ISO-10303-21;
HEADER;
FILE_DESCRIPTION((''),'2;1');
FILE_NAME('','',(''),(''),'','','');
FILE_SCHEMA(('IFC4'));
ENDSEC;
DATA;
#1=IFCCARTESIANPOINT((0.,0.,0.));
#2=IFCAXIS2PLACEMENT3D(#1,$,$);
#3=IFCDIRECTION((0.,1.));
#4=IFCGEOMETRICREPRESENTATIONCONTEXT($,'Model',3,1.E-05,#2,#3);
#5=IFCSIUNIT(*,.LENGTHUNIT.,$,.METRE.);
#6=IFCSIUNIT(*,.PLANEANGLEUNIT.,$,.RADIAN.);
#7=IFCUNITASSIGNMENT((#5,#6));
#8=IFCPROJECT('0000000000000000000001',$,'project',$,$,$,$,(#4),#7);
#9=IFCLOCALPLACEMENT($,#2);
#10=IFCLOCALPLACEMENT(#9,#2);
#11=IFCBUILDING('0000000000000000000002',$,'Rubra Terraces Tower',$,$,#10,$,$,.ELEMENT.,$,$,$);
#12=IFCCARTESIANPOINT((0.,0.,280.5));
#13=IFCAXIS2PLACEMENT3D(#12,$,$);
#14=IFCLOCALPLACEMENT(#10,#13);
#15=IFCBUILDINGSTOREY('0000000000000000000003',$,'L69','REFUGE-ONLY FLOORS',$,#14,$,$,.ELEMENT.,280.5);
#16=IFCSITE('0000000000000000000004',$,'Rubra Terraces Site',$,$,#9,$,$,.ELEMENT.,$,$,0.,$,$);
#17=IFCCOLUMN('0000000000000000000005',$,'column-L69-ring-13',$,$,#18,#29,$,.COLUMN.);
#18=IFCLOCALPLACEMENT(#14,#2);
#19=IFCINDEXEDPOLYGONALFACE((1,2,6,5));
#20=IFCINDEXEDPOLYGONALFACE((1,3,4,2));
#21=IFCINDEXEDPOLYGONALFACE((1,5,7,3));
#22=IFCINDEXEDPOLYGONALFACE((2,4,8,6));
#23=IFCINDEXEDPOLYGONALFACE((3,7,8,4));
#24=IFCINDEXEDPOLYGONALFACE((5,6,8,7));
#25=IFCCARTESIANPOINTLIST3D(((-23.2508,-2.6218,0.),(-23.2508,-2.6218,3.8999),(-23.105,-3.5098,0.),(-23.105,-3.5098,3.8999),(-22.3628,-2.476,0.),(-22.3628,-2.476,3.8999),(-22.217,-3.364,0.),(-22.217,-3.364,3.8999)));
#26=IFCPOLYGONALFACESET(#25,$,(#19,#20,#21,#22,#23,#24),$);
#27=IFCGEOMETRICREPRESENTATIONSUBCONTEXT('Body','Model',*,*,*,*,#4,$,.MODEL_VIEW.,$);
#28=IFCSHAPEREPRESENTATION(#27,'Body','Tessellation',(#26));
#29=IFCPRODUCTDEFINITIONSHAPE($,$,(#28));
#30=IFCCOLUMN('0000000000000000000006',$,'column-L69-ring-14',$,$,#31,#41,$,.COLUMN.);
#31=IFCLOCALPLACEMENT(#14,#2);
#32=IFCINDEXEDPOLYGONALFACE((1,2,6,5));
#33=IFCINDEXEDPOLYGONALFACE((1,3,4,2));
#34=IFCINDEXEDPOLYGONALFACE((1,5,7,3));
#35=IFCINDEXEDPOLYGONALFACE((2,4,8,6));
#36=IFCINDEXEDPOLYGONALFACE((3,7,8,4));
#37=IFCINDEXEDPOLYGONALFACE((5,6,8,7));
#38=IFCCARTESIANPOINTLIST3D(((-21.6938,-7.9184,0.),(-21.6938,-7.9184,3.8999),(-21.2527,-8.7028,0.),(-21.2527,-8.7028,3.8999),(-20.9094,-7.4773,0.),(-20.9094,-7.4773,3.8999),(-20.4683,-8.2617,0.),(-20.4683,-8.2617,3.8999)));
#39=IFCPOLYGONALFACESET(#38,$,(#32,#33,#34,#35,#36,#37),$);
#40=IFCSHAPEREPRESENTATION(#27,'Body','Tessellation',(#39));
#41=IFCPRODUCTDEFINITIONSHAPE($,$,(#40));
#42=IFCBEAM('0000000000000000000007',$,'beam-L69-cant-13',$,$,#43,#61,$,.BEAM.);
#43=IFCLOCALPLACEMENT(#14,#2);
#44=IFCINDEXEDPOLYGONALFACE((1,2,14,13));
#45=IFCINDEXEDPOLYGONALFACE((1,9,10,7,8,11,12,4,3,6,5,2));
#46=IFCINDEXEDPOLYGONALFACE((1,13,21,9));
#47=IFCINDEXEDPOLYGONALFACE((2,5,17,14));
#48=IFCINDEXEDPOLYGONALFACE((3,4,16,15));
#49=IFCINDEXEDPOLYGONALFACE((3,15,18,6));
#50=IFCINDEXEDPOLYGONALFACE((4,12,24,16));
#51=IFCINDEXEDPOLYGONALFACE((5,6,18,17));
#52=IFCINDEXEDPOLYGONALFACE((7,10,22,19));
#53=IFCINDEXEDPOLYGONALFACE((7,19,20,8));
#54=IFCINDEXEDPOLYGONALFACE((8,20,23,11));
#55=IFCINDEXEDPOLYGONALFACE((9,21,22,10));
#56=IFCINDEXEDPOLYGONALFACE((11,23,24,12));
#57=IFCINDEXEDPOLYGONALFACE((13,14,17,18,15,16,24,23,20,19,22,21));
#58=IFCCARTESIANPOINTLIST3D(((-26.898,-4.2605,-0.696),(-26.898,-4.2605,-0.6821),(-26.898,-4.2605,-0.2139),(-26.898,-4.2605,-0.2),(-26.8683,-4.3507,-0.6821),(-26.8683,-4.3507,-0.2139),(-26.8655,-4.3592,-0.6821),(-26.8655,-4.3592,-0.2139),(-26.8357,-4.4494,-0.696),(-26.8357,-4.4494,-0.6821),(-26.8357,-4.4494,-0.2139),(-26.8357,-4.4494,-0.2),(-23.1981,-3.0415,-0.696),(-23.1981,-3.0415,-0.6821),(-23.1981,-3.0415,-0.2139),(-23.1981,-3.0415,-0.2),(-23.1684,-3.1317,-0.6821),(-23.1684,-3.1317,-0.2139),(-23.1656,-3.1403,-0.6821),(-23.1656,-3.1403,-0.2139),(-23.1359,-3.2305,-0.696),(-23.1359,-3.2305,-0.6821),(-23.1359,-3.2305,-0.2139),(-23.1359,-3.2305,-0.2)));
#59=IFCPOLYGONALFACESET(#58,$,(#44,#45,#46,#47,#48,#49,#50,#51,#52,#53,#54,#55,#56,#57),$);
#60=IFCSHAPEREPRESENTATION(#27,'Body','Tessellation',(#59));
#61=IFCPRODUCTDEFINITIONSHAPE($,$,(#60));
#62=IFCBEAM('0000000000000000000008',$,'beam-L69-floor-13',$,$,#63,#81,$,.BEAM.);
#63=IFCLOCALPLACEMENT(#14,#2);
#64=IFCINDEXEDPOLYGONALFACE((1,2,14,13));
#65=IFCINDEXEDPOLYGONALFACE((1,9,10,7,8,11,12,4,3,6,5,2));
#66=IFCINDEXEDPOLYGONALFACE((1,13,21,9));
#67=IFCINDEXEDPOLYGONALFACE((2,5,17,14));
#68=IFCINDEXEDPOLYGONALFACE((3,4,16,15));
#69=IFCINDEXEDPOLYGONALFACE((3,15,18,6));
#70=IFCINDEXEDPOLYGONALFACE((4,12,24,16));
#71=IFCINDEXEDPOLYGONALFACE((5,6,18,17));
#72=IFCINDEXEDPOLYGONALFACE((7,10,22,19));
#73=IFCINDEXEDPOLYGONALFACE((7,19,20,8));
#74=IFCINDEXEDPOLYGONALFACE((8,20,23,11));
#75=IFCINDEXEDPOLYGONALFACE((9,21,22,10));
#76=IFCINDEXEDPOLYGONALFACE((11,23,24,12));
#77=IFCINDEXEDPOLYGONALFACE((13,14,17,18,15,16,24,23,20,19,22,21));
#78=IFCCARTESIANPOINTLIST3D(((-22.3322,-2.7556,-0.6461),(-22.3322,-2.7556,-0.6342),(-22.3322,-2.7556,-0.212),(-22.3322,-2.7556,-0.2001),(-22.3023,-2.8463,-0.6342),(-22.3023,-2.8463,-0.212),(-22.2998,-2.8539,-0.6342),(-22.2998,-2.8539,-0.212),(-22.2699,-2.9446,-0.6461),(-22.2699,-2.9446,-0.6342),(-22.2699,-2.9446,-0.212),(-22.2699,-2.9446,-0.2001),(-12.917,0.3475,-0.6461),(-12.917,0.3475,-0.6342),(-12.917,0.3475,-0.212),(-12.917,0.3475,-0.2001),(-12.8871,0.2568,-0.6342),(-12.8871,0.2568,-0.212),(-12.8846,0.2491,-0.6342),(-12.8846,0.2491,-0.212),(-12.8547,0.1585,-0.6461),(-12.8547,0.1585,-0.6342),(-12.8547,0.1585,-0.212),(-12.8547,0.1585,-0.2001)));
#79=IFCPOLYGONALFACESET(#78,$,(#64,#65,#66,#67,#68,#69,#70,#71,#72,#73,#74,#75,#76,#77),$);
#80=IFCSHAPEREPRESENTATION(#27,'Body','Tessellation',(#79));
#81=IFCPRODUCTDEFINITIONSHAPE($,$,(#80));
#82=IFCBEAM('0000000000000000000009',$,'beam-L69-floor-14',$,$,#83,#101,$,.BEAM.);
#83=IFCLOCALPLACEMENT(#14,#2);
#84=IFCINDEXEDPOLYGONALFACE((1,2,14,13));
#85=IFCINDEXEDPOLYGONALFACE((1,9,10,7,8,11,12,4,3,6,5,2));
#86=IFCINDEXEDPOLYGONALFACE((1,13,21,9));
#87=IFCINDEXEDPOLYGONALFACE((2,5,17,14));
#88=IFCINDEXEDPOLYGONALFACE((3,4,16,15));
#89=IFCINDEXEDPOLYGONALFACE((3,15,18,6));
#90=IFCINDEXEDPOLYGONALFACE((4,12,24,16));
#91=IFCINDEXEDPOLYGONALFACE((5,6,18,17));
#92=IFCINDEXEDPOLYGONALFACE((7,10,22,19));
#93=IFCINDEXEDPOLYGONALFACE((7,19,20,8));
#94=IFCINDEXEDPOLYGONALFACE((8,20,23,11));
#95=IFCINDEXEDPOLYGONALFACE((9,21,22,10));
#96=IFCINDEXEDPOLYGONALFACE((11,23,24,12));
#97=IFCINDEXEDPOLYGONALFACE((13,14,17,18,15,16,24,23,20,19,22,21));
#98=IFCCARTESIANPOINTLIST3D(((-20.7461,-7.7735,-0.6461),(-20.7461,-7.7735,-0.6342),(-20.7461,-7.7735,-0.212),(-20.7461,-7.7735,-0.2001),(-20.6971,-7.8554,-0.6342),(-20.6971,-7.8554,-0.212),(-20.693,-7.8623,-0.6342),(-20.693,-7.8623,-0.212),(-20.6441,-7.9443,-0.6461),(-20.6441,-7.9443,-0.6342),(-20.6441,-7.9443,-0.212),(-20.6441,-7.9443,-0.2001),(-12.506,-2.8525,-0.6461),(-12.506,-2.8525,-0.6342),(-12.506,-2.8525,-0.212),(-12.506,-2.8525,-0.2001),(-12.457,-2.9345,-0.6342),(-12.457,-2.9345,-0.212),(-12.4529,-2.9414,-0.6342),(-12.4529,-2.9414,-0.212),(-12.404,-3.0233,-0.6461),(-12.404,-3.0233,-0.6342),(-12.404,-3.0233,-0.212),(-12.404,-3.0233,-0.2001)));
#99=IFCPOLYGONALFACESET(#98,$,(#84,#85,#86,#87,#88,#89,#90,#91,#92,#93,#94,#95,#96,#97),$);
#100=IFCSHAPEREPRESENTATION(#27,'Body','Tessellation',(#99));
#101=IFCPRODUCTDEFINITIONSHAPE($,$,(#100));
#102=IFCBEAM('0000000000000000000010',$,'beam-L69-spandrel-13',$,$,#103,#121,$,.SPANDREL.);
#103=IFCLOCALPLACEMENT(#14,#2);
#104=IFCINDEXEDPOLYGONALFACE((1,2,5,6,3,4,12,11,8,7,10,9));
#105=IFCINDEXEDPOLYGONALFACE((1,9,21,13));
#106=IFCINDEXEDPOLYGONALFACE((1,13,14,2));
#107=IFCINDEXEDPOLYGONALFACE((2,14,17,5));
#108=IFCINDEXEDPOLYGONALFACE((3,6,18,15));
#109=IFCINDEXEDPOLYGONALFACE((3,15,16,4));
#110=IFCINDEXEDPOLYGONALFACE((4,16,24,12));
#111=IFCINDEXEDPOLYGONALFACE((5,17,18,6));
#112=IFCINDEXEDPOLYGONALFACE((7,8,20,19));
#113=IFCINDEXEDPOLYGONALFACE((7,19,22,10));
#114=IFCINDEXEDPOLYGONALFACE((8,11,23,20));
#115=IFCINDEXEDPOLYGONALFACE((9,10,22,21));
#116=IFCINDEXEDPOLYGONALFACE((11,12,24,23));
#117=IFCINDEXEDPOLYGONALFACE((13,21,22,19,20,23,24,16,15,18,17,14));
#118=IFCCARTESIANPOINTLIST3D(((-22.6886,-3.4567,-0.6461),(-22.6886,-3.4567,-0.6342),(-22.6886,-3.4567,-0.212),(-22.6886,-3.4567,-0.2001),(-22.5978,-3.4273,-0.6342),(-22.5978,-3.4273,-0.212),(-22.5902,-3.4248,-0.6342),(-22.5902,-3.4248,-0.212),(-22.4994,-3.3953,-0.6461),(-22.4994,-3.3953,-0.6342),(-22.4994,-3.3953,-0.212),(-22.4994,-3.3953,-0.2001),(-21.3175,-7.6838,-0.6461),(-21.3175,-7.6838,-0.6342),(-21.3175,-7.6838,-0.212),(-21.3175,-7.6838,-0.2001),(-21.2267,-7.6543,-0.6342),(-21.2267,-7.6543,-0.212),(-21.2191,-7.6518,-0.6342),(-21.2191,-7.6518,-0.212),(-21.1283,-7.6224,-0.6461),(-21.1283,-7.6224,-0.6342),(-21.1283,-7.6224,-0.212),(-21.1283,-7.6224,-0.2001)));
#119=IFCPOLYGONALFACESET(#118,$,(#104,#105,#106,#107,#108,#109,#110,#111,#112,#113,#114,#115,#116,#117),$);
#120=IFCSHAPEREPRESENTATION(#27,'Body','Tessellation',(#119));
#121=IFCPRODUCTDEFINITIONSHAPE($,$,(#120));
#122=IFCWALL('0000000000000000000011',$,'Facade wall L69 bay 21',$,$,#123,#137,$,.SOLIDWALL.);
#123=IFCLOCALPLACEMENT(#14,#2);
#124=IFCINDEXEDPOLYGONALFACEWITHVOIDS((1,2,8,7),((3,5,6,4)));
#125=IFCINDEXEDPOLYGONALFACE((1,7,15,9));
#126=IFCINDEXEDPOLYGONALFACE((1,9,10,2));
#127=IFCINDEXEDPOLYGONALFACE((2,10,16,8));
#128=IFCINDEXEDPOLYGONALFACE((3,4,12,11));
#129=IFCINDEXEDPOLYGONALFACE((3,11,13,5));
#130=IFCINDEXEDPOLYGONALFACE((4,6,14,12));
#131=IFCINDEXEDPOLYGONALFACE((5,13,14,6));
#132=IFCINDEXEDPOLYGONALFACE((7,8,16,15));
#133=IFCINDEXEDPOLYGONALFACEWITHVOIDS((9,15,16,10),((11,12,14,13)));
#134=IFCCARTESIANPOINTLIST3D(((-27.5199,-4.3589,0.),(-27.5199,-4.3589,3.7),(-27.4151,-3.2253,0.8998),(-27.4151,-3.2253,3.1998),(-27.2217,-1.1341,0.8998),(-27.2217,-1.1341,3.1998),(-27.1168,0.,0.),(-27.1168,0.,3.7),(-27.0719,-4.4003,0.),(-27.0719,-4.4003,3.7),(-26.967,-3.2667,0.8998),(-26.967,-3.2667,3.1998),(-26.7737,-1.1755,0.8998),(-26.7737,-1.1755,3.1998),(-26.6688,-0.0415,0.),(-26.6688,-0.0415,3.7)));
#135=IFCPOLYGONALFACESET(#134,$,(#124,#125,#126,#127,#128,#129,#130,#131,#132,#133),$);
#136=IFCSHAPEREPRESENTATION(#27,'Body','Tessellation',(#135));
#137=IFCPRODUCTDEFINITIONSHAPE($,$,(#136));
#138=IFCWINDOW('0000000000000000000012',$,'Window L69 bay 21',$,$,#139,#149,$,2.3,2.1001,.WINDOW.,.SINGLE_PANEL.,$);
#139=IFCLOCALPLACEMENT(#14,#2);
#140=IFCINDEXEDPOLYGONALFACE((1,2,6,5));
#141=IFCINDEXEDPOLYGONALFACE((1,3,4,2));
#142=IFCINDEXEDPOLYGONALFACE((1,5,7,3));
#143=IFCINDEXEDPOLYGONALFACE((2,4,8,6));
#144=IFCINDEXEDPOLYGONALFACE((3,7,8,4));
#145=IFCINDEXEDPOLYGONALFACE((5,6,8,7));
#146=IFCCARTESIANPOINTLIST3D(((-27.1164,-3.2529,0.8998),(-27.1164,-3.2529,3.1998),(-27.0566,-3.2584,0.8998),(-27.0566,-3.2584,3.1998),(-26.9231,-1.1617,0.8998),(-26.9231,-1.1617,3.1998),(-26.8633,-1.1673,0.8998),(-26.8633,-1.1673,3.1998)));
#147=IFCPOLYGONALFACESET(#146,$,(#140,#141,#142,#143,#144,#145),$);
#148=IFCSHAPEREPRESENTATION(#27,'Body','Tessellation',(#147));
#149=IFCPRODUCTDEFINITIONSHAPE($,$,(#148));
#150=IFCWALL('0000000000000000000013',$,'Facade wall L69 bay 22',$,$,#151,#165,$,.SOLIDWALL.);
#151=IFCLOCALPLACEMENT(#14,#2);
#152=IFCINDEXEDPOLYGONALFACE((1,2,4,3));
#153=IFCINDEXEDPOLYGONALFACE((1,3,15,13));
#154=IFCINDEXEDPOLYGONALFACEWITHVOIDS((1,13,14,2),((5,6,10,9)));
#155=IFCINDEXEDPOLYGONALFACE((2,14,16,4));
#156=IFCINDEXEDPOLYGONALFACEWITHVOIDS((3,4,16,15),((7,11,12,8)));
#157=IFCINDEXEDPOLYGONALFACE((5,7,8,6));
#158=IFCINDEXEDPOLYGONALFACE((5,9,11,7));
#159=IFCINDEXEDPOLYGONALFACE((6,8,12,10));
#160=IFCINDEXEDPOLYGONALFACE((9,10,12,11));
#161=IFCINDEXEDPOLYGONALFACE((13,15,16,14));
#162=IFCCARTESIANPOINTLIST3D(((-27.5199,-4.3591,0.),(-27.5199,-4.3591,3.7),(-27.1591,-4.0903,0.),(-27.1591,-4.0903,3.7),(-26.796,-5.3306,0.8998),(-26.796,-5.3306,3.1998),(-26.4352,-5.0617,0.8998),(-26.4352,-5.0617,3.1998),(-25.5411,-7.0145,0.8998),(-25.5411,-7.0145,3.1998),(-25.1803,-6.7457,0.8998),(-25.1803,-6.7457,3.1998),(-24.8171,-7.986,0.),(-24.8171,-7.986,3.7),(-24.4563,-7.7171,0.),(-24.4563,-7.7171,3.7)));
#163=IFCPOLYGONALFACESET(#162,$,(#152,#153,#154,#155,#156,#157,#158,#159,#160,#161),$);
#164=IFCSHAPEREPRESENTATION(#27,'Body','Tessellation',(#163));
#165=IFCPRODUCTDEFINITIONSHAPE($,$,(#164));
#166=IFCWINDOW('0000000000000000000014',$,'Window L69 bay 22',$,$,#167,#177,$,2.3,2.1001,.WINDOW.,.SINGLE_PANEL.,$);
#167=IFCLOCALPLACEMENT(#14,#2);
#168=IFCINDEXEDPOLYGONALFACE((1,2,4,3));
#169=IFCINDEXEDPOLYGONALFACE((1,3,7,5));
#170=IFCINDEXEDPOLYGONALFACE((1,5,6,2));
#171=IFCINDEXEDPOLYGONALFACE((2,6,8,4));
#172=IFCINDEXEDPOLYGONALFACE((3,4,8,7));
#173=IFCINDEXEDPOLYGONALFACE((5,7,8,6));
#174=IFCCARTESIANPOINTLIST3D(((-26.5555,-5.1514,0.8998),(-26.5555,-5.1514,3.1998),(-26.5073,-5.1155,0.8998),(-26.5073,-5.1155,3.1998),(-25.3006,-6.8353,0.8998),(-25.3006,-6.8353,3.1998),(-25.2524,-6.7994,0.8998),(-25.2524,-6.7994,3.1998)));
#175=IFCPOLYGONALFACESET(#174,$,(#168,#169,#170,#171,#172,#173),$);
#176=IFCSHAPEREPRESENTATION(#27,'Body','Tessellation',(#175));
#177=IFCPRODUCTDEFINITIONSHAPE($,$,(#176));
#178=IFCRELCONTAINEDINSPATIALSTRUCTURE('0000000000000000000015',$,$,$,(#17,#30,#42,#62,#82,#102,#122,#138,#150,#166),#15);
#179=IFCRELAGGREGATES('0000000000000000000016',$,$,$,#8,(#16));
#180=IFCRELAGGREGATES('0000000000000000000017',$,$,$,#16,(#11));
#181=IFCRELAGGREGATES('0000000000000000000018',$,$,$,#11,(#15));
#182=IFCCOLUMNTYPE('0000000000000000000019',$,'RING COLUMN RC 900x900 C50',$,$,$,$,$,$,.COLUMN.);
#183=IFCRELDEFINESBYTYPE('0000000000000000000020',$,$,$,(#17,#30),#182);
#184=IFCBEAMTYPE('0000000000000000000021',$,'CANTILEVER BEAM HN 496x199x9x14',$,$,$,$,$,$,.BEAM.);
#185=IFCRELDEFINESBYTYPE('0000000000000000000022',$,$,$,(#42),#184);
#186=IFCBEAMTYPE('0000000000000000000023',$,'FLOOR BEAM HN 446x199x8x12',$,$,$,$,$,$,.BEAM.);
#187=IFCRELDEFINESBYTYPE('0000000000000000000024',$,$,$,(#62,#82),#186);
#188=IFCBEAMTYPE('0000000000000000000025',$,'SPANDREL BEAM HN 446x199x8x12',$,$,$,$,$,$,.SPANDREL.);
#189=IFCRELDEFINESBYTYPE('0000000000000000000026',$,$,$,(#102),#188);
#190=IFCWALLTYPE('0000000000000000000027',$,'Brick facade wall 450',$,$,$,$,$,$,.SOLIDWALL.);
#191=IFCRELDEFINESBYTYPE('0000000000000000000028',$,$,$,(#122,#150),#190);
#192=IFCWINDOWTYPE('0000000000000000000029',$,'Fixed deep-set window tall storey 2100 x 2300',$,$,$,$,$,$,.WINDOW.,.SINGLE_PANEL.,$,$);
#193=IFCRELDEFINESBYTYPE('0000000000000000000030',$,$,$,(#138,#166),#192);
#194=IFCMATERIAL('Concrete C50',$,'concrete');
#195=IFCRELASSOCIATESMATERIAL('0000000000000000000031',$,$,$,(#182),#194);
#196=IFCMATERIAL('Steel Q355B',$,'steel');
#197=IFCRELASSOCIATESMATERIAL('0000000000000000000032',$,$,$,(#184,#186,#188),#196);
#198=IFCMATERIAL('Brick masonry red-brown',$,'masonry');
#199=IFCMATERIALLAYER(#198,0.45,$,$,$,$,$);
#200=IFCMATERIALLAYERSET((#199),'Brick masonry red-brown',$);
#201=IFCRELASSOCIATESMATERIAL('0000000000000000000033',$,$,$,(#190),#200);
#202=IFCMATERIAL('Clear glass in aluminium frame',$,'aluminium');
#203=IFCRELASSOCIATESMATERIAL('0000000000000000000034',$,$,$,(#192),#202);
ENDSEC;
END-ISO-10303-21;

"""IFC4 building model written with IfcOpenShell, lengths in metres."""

from ifc_helpers import new_model, si_unit, direction, frame, frame_2d, origin, origin_2d, place, context, subcontext, project, spatial, rectangle, i_section, extrude, material, layer, layer_set, material_profile, profile_set, type_object, element, fill, save


model = new_model("IFC4")

# Units and contexts
model_context = context("Model", 3, precision=1e-05, world=origin(), true_north=direction((0.0, 1.0)))
body_context = subcontext(model_context, "Body", "Model", "MODEL_VIEW")
ifc_project = project(units=[si_unit("LENGTHUNIT", "METRE"), si_unit("PLANEANGLEUNIT", "RADIAN")], contexts=[model_context])

# Site, building, storey
site_placement = place(None, origin())
site = spatial("IfcSite", under=ifc_project, at=site_placement, Name="Rubra Terraces Site", CompositionType="ELEMENT", RefElevation=0.0)
building_placement = place(site_placement, origin())
building = spatial("IfcBuilding", under=site, at=building_placement, Name="Rubra Terraces Tower", CompositionType="ELEMENT")
storey_placement = place(building_placement, frame((0.0, 0.0, 280.5)))
storey = spatial("IfcBuildingStorey", under=building, at=storey_placement, Name="L69", Description="REFUGE-ONLY FLOORS", CompositionType="ELEMENT", Elevation=280.5)

# Columns
ifc_material_1 = material(Name="Concrete C50", Category="concrete")
ifc_material_profile_1 = material_profile(ifc_material_1, rectangle(XDim=0.8999, YDim=0.8999, at=origin_2d()), Name="RC 900x900")
ifc_profile_set_1 = profile_set([ifc_material_profile_1], Name="Concrete C50")
column_type = type_object("IfcColumnType", Name="RING COLUMN RC 900x900 C50", PredefinedType="COLUMN", material=ifc_profile_set_1)
for number, where, z_axis, x_axis, name in (
    (1, (-22.7339, -2.9929, 0.0), (0.0, 0.0, 1.0), (0.162062, -0.986781, 0.0), "column-L69-ring-13"),
    (2, (-21.0811, -8.0901, 0.0), (0.0, 0.0, 1.0), (0.490162, -0.871631, 0.0), "column-L69-ring-14"),
):
    element("IfcColumn", number, at=place(storey_placement, frame(where, z_axis=z_axis, x_axis=x_axis)), inside=storey, type_object=column_type, Name=name, PredefinedType="COLUMN", context=body_context, shape_type="SweptSolid", body=[
        extrude(rectangle(XDim=0.8999, YDim=0.8999, at=origin_2d()), origin(), (0.0, 0.0, 1.0), 3.8999),
    ])

# Beams
ifc_material_2 = material(Name="Steel Q355B", Category="steel")
ifc_material_profile_2 = material_profile(ifc_material_2, i_section(OverallWidth=0.199, OverallDepth=0.4961, WebThickness=0.009, FlangeThickness=0.0139, at=origin_2d()), Name="HN 496x199x9x14")
ifc_profile_set_2 = profile_set([ifc_material_profile_2], Name="Steel Q355B")
beam_type_1 = type_object("IfcBeamType", Name="CANTILEVER BEAM HN 496x199x9x14", PredefinedType="BEAM", material=ifc_profile_set_2)
beam_1_placement = place(storey_placement, frame((-23.167, -3.136, -0.448), z_axis=(-0.949781, -0.312917, 0.0), x_axis=(0.312917, -0.949781, 0.0)))
element("IfcBeam", 3, at=beam_1_placement, inside=storey, type_object=beam_type_1, Name="beam-L69-cant-13", PredefinedType="BEAM", context=body_context, shape_type="SweptSolid", body=[
    extrude(i_section(OverallWidth=0.199, OverallDepth=0.4961, WebThickness=0.009, FlangeThickness=0.0139, at=origin_2d()), origin(), (0.0, 0.0, 1.0), 3.8955),
])
ifc_material_profile_3 = material_profile(ifc_material_2, i_section(OverallWidth=0.199, OverallDepth=0.446, WebThickness=0.0081, FlangeThickness=0.012, at=origin_2d()), Name="HN 446x199x8x12")
ifc_profile_set_3 = profile_set([ifc_material_profile_3], Name="Steel Q355B")
beam_type_2 = type_object("IfcBeamType", Name="FLOOR BEAM HN 446x199x8x12", PredefinedType="BEAM", material=ifc_profile_set_3)
beam_2_placement = place(storey_placement, frame((-22.301, -2.8501, -0.4231), z_axis=(0.949747, 0.313019, 0.0), x_axis=(-0.313019, 0.949747, 0.0)))
element("IfcBeam", 4, at=beam_2_placement, inside=storey, type_object=beam_type_2, Name="beam-L69-floor-13", PredefinedType="BEAM", context=body_context, shape_type="SweptSolid", body=[
    extrude(i_section(OverallWidth=0.199, OverallDepth=0.446, WebThickness=0.0081, FlangeThickness=0.012, at=origin_2d()), origin(), (0.0, 0.0, 1.0), 9.9133),
])
beam_3_placement = place(storey_placement, frame((-20.6951, -7.8589, -0.4231), z_axis=(0.858553, 0.512725, 0.0), x_axis=(-0.512725, 0.858553, 0.0)))
element("IfcBeam", 5, at=beam_3_placement, inside=storey, type_object=beam_type_2, Name="beam-L69-floor-14", PredefinedType="BEAM", context=body_context, shape_type="SweptSolid", body=[
    extrude(i_section(OverallWidth=0.199, OverallDepth=0.446, WebThickness=0.0081, FlangeThickness=0.012, at=origin_2d()), origin(), (0.0, 0.0, 1.0), 9.5977),
])
ifc_material_profile_4 = material_profile(ifc_material_2, i_section(OverallWidth=0.199, OverallDepth=0.446, WebThickness=0.0081, FlangeThickness=0.012, at=origin_2d()), Name="HN 446x199x8x12")
ifc_profile_set_4 = profile_set([ifc_material_profile_4], Name="Steel Q355B")
beam_type_3 = type_object("IfcBeamType", Name="SPANDREL BEAM HN 446x199x8x12", PredefinedType="SPANDREL", material=ifc_profile_set_4)
beam_4_placement = place(storey_placement, frame((-22.594, -3.426, -0.4231), z_axis=(0.308537, -0.951212, 0.0), x_axis=(0.951212, 0.308537, 0.0)))
element("IfcBeam", 6, at=beam_4_placement, inside=storey, type_object=beam_type_3, Name="beam-L69-spandrel-13", PredefinedType="SPANDREL", context=body_context, shape_type="SweptSolid", body=[
    extrude(i_section(OverallWidth=0.199, OverallDepth=0.446, WebThickness=0.0081, FlangeThickness=0.012, at=origin_2d()), origin(), (0.0, 0.0, 1.0), 4.4438),
])

# Walls, openings, windows
ifc_material_3 = material(Name="Brick masonry red-brown", Category="masonry")
ifc_layer_1 = layer(ifc_material_3, 0.45)
ifc_layer_set_1 = layer_set([ifc_layer_1], Name="Brick masonry red-brown")
wall_type_1 = type_object("IfcWallType", Name="Brick facade wall 450", PredefinedType="SOLIDWALL", material=ifc_layer_set_1)
wall_1_placement = place(storey_placement, frame((-26.8928, -0.0208, 0.0), z_axis=(0.0, 0.0, 1.0), x_axis=(-0.092079, -0.995752, 0.0)))
wall_1 = element("IfcWall", 7, at=wall_1_placement, inside=storey, type_object=wall_type_1, Name="Facade wall L69 bay 21", PredefinedType="SOLIDWALL", context=body_context, shape_type="SweptSolid", body=[
    extrude(rectangle(XDim=4.3774, YDim=0.45, at=frame_2d((2.1887, 0.0))), origin(), (0.0, 0.0, 1.0), 3.7),
])
opening_1_placement = place(wall_1_placement, frame((1.1389, 0.0, 0.8999)))
opening_1 = element("IfcOpeningElement", 8, at=opening_1_placement, cuts=wall_1, PredefinedType="OPENING", context=body_context, shape_type="SweptSolid", body=[
    extrude(rectangle(XDim=2.1001, YDim=2.3, at=frame_2d((1.05, 1.1499))), frame((0.0, 0.2349, 0.0), z_axis=(0.0, -1.0, 0.0), x_axis=(1.0, 0.0, 0.0)), (0.0, 0.0, 1.0), 0.47),
])
ifc_material_4 = material(Name="Clear glass in aluminium frame", Category="aluminium")
window_type = type_object("IfcWindowType", Name="Fixed deep-set window tall storey 2100 x 2300", PartitioningType="SINGLE_PANEL", PredefinedType="WINDOW", material=ifc_material_4)
window_1_placement = place(opening_1_placement, origin())
window_1 = element("IfcWindow", 9, at=window_1_placement, inside=storey, type_object=window_type, Name="Window L69 bay 21", OverallHeight=2.3, OverallWidth=2.1001, PartitioningType="SINGLE_PANEL", PredefinedType="WINDOW", context=body_context, shape_type="SweptSolid", body=[
    extrude(rectangle(XDim=2.1001, YDim=2.3, at=frame_2d((1.05, 1.1499))), frame((0.0, 0.135, 0.0), z_axis=(0.0, -1.0, 0.0), x_axis=(1.0, 0.0, 0.0)), (0.0, 0.0, 1.0), 0.0601),
])
fill(opening_1, window_1)
wall_2_placement = place(storey_placement, frame((-27.3396, -4.2246, 0.0), z_axis=(0.0, 0.0, 1.0), x_axis=(0.597545, -0.801836, 0.0)))
wall_2 = element("IfcWall", 10, at=wall_2_placement, inside=storey, type_object=wall_type_1, Name="Facade wall L69 bay 22", PredefinedType="SOLIDWALL", context=body_context, shape_type="SweptSolid", body=[
    extrude(rectangle(XDim=4.5232, YDim=0.45, at=frame_2d((2.2617, 0.0))), origin(), (0.0, 0.0, 1.0), 3.7),
])
opening_2_placement = place(wall_2_placement, frame((1.2117, 0.0, 0.8999)))
opening_2 = element("IfcOpeningElement", 11, at=opening_2_placement, cuts=wall_2, PredefinedType="OPENING", context=body_context, shape_type="SweptSolid", body=[
    extrude(rectangle(XDim=2.1001, YDim=2.3, at=frame_2d((1.05, 1.1499))), frame((0.0, 0.2349, 0.0), z_axis=(0.0, -1.0, 0.0), x_axis=(1.0, 0.0, 0.0)), (0.0, 0.0, 1.0), 0.47),
])
window_2_placement = place(opening_2_placement, origin())
window_2 = element("IfcWindow", 12, at=window_2_placement, inside=storey, type_object=window_type, Name="Window L69 bay 22", OverallHeight=2.3, OverallWidth=2.1001, PartitioningType="SINGLE_PANEL", PredefinedType="WINDOW", context=body_context, shape_type="SweptSolid", body=[
    extrude(rectangle(XDim=2.1001, YDim=2.3, at=frame_2d((1.05, 1.1499))), frame((0.0, 0.135, 0.0), z_axis=(0.0, -1.0, 0.0), x_axis=(1.0, 0.0, 0.0)), (0.0, 0.0, 1.0), 0.0601),
])
fill(opening_2, window_2)

save(model, "model.ifc")
